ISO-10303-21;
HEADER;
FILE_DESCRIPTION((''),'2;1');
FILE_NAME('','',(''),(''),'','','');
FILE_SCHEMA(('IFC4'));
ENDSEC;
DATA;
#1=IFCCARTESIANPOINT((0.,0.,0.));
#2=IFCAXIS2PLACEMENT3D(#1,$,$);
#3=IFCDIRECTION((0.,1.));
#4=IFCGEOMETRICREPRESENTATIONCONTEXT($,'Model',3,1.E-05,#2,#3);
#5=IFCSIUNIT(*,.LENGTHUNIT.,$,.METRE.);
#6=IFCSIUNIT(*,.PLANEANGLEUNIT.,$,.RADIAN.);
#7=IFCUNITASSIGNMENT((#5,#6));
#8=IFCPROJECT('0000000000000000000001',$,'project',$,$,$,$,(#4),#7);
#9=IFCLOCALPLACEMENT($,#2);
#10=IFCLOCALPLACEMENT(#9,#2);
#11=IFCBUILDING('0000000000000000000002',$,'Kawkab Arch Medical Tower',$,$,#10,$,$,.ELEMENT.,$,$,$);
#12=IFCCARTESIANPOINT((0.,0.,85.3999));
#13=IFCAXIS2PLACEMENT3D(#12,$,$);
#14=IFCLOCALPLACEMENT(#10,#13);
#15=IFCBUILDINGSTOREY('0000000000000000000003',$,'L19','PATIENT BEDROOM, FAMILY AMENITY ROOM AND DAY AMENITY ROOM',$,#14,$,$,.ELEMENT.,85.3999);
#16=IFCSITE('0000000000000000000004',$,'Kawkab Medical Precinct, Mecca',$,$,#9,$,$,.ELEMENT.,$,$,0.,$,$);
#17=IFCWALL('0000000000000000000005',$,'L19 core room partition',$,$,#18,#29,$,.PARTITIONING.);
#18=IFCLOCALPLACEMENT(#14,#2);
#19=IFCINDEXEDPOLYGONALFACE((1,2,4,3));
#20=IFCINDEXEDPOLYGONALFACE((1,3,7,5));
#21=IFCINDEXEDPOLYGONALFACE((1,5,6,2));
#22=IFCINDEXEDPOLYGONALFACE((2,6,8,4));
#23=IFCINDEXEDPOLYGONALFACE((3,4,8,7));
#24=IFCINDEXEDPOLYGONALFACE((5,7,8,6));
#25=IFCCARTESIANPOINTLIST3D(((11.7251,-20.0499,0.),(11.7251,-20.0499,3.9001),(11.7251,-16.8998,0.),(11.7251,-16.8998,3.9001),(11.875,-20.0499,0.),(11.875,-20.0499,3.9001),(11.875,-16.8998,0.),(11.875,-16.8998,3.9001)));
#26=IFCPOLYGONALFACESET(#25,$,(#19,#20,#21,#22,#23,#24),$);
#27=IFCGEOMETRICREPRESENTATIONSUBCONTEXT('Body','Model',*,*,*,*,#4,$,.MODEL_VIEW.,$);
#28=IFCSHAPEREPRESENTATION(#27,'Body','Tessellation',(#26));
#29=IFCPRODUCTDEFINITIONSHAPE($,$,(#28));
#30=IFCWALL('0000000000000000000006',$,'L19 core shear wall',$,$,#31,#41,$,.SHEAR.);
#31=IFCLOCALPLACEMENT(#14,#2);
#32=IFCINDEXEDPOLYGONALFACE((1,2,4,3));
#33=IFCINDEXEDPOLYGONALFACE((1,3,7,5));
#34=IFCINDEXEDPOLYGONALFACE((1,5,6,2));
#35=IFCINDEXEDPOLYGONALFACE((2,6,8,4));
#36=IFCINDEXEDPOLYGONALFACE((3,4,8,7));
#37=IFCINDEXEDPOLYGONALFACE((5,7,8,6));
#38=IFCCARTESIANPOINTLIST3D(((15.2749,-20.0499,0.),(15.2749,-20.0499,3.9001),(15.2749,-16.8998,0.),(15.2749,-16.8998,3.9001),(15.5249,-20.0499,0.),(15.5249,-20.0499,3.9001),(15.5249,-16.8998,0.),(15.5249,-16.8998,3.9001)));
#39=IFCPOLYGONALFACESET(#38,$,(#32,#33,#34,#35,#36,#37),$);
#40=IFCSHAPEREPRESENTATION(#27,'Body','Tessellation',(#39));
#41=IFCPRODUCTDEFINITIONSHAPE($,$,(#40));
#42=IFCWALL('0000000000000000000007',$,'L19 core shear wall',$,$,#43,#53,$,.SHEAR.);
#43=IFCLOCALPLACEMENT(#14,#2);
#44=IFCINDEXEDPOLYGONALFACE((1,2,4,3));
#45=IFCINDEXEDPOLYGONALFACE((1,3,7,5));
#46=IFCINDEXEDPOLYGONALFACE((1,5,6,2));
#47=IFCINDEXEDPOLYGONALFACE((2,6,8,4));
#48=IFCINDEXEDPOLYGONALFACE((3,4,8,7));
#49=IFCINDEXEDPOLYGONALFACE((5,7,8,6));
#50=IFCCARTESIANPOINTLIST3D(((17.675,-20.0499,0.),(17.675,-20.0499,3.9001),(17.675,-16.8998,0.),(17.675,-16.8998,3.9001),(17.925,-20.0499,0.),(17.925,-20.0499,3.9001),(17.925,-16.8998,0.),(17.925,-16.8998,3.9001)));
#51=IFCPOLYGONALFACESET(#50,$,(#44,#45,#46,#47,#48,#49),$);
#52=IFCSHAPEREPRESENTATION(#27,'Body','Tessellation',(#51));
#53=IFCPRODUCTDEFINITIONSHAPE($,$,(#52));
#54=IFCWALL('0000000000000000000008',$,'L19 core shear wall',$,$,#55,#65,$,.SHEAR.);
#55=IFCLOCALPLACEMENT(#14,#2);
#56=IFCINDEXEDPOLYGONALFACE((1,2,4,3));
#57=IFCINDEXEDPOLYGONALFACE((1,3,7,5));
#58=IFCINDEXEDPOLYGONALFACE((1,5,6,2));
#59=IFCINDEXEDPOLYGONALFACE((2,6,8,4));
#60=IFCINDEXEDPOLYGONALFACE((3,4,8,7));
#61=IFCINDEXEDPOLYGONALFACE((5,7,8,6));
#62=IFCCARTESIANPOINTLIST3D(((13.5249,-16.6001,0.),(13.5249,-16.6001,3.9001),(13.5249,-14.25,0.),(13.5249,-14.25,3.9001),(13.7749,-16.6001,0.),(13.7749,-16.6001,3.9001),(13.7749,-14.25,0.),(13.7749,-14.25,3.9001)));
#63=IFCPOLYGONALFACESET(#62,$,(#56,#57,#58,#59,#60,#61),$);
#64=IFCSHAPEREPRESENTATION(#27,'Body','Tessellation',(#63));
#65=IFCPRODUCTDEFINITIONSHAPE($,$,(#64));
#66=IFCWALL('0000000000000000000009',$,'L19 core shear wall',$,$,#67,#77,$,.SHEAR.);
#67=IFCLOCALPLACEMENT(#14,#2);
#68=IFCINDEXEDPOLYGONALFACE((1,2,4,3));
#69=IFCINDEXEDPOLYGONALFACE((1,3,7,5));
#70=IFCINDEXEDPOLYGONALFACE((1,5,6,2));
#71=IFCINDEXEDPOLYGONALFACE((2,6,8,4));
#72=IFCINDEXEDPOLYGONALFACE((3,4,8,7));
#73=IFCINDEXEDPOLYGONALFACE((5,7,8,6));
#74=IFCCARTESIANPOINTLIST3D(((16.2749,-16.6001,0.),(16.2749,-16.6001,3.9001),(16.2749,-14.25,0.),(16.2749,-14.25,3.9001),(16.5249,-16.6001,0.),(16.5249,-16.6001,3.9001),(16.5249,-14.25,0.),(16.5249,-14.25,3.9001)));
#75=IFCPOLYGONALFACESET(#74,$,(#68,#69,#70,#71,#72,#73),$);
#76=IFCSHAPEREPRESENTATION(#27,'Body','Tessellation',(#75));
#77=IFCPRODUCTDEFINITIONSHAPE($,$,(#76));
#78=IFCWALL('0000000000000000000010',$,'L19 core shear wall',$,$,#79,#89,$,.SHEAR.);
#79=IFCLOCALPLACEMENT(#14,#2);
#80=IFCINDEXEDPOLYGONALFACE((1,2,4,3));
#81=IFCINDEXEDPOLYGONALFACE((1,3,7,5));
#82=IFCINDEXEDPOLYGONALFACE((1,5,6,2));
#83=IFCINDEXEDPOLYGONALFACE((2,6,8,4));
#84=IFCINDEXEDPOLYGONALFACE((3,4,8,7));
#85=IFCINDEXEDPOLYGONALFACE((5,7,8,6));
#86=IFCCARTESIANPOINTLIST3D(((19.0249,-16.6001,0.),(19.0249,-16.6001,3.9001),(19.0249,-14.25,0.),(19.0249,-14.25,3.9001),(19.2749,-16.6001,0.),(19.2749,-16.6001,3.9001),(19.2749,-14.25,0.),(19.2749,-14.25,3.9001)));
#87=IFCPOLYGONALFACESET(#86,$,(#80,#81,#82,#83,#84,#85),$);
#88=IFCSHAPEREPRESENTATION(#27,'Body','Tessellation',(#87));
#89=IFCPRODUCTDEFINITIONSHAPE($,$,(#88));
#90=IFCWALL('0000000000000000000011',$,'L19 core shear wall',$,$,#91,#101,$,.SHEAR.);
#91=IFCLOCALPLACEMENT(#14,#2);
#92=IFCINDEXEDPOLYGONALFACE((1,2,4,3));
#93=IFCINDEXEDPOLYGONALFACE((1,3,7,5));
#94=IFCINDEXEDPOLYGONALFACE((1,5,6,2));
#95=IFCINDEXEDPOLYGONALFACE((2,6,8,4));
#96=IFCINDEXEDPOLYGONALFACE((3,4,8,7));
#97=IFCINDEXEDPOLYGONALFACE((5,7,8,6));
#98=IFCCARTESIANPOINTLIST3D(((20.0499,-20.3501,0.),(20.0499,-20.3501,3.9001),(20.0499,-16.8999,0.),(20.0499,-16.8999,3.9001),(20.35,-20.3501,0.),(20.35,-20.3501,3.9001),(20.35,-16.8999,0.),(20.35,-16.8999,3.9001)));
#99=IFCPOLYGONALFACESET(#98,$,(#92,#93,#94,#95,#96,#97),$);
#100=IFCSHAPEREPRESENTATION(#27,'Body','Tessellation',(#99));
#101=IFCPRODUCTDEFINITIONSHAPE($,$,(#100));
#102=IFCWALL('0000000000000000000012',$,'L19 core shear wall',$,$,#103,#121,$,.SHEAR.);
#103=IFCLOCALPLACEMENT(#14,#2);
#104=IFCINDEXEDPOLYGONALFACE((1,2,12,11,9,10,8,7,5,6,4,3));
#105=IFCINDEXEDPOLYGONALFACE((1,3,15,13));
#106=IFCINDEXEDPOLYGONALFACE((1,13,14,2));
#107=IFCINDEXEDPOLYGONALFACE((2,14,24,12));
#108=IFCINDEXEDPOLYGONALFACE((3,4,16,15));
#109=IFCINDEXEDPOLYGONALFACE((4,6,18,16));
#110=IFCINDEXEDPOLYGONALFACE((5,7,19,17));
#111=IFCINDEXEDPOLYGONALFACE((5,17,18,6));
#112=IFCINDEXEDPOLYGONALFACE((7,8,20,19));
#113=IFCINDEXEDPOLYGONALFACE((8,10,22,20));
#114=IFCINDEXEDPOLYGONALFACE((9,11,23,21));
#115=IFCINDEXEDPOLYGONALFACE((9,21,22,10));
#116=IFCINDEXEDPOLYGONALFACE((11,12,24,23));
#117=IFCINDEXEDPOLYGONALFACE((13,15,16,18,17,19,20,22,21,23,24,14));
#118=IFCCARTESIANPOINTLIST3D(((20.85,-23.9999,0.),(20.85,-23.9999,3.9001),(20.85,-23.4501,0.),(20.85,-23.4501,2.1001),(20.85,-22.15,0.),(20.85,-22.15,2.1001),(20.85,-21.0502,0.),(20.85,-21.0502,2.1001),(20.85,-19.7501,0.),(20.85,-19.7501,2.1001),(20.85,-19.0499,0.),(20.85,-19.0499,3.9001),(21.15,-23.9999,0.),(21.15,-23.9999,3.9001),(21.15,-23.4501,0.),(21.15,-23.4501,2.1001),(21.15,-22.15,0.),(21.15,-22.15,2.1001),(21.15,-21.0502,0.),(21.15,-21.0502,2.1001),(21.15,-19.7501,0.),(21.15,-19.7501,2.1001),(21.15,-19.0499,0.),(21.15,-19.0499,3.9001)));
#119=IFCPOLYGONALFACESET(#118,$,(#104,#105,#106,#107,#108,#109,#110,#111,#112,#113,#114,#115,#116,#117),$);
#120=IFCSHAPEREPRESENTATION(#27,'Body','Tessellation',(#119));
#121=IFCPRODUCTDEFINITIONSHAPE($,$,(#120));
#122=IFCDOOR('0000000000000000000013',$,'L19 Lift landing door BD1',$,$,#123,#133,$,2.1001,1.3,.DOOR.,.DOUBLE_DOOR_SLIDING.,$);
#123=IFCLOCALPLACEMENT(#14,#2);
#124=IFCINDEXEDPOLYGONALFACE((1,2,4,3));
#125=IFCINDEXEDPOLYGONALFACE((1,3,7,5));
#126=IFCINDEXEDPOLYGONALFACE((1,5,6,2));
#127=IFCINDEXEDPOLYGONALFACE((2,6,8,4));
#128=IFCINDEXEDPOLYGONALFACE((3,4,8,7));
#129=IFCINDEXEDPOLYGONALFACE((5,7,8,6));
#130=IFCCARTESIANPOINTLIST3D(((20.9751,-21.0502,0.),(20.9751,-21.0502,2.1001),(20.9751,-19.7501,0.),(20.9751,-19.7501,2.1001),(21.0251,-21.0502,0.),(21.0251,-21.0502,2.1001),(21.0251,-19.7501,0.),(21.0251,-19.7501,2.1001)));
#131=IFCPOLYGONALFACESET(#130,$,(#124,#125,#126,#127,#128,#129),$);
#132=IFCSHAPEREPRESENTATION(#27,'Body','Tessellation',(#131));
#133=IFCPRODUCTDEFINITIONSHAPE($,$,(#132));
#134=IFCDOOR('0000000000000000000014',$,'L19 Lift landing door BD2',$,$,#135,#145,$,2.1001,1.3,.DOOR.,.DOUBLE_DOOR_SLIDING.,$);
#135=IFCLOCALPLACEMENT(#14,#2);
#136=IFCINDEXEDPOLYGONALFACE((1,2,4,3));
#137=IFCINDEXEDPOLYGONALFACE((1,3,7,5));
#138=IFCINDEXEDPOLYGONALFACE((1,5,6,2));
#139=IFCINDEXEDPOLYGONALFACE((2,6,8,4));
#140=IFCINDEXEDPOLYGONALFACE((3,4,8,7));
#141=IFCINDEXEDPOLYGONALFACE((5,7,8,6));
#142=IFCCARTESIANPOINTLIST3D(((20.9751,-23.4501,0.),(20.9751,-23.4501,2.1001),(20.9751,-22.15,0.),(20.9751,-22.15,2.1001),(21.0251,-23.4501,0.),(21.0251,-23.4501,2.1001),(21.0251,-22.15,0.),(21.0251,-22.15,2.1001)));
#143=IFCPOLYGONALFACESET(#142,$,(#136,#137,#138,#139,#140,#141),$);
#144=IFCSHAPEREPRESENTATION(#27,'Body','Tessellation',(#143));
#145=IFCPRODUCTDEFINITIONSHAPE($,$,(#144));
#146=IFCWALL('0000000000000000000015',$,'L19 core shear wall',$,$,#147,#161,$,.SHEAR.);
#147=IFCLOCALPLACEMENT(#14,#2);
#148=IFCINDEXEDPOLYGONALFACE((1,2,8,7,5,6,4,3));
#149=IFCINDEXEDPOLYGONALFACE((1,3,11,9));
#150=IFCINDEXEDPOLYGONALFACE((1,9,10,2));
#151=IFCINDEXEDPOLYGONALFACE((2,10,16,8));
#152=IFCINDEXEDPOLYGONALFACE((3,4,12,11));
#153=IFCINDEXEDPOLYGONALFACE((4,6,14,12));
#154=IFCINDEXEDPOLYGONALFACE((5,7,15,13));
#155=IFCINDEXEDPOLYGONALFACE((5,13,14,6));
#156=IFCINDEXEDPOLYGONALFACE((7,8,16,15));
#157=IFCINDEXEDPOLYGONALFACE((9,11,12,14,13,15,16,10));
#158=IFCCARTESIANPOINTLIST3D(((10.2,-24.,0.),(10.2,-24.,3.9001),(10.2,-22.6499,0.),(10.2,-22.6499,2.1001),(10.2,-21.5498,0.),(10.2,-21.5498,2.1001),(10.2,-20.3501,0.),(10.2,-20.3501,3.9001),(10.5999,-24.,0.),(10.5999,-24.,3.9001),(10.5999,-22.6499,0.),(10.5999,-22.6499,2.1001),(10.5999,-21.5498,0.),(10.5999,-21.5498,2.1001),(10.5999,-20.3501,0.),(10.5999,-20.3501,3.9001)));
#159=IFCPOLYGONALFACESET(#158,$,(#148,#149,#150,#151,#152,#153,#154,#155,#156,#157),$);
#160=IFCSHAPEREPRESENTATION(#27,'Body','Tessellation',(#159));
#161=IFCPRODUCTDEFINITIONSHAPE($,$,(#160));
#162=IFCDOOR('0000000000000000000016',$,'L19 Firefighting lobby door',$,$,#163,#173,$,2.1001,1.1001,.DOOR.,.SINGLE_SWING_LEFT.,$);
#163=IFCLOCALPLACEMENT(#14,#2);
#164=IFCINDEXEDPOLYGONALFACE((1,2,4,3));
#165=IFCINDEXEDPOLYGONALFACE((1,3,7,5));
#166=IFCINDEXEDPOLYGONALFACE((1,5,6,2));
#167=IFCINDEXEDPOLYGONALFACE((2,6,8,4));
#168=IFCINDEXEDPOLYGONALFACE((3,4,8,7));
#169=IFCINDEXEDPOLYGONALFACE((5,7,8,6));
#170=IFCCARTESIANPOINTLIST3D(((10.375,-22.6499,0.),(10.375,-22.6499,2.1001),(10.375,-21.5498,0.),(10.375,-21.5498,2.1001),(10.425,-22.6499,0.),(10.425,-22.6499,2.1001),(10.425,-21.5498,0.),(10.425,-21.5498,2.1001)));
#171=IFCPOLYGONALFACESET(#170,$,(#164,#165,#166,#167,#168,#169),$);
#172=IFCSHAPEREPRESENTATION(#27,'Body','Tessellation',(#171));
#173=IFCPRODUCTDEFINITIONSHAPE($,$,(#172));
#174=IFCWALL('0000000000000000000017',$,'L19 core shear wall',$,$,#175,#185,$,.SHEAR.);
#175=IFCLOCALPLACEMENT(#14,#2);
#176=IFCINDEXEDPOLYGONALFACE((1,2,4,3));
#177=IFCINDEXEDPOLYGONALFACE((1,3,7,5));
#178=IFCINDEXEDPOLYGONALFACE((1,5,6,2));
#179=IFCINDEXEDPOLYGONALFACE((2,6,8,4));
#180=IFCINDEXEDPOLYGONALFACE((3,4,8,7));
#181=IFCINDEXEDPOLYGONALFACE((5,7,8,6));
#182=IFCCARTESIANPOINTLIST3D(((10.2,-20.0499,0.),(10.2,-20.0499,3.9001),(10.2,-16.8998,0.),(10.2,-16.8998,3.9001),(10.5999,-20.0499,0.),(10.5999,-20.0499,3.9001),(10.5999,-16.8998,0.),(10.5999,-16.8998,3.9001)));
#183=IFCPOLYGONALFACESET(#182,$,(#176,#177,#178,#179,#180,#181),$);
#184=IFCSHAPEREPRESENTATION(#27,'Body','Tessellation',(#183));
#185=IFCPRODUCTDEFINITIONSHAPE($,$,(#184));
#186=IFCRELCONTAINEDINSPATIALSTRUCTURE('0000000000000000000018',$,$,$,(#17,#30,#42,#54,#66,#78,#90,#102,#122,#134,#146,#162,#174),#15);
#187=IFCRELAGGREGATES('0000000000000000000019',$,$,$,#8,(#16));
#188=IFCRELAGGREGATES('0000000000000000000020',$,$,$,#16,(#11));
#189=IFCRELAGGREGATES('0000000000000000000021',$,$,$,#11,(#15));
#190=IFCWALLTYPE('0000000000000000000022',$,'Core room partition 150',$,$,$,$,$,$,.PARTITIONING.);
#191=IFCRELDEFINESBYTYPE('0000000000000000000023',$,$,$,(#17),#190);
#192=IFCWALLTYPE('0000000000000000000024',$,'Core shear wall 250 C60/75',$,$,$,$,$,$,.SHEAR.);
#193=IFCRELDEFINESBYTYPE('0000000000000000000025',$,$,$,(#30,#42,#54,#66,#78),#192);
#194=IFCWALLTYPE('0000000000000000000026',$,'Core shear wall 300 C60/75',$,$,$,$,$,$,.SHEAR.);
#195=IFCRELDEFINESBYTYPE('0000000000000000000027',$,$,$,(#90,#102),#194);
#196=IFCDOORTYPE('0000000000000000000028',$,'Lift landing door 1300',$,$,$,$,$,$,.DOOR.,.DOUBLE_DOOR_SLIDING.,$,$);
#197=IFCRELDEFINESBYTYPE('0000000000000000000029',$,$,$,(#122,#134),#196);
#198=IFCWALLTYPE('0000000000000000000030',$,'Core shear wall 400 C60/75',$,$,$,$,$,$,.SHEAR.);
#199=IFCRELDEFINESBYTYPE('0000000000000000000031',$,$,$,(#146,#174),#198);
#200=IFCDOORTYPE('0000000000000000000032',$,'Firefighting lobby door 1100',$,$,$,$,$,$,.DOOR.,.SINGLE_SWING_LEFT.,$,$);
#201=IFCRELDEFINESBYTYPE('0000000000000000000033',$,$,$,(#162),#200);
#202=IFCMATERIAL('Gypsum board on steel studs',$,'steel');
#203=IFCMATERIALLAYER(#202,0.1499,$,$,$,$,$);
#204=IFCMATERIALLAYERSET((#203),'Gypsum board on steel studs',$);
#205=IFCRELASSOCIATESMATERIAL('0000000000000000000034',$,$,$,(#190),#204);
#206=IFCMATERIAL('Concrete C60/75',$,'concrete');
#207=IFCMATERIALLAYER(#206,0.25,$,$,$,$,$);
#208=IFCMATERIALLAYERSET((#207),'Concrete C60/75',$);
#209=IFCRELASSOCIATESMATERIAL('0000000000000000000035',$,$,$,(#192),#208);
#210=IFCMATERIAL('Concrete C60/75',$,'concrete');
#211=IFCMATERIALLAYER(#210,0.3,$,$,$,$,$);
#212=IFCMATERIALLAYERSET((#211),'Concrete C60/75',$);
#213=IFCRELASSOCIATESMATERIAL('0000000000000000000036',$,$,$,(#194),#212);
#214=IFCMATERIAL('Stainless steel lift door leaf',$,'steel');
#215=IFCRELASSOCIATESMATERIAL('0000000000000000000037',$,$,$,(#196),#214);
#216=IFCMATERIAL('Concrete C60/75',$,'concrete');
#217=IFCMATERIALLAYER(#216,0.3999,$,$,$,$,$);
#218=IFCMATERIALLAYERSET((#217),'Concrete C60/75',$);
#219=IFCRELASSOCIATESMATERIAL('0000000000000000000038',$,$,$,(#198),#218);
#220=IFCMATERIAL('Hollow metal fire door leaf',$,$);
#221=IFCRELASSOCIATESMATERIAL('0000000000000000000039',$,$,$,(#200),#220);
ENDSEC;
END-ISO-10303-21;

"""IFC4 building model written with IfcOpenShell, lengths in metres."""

from ifc_helpers import new_model, si_unit, direction, frame, frame_2d, origin, place, context, subcontext, project, spatial, rectangle, extrude, material, layer, layer_set, type_object, element, fill, save


model = new_model("IFC4")

# Units and contexts
model_context = context("Model", 3, precision=1e-05, world=origin(), true_north=direction((0.0, 1.0)))
body_context = subcontext(model_context, "Body", "Model", "MODEL_VIEW")
ifc_project = project(units=[si_unit("LENGTHUNIT", "METRE"), si_unit("PLANEANGLEUNIT", "RADIAN")], contexts=[model_context])

# Site, building, storey
site_placement = place(None, origin())
site = spatial("IfcSite", under=ifc_project, at=site_placement, Name="Kawkab Medical Precinct, Mecca", CompositionType="ELEMENT", RefElevation=0.0)
building_placement = place(site_placement, origin())
building = spatial("IfcBuilding", under=site, at=building_placement, Name="Kawkab Arch Medical Tower", CompositionType="ELEMENT")
storey_placement = place(building_placement, frame((0.0, 0.0, 85.3999)))
storey = spatial("IfcBuildingStorey", under=building, at=storey_placement, Name="L19", Description="PATIENT BEDROOM, FAMILY AMENITY ROOM AND DAY AMENITY ROOM", CompositionType="ELEMENT", Elevation=85.3999)

# Walls
ifc_material_1 = material(Name="Gypsum board on steel studs", Category="steel")
ifc_layer_1 = layer(ifc_material_1, 0.1499)
ifc_layer_set_1 = layer_set([ifc_layer_1], Name="Gypsum board on steel studs")
wall_type_1 = type_object("IfcWallType", Name="Core room partition 150", PredefinedType="PARTITIONING", material=ifc_layer_set_1)
wall_1_placement = place(storey_placement, frame((11.8, -20.05, 0.0), z_axis=(0.0, 0.0, 1.0), x_axis=(0.0, 1.0, 0.0)))
element("IfcWall", 1, at=wall_1_placement, inside=storey, type_object=wall_type_1, Name="L19 core room partition", PredefinedType="PARTITIONING", context=body_context, shape_type="SweptSolid", body=[
    extrude(rectangle(XDim=3.1501, YDim=0.1499, at=frame_2d((1.5752, 0.0))), origin(), (0.0, 0.0, 1.0), 3.9001),
])
ifc_material_2 = material(Name="Concrete C60/75", Category="concrete")
ifc_layer_2 = layer(ifc_material_2, 0.25)
ifc_layer_set_2 = layer_set([ifc_layer_2], Name="Concrete C60/75")
wall_type_2 = type_object("IfcWallType", Name="Core shear wall 250 C60/75", PredefinedType="SHEAR", material=ifc_layer_set_2)
for number, where, z_axis, x_axis, name in (
    (2, (15.3999, -20.05, 0.0), (0.0, 0.0, 1.0), (0.0, 1.0, 0.0), "L19 core shear wall"),
    (3, (17.8, -20.05, 0.0), (0.0, 0.0, 1.0), (0.0, 1.0, 0.0), "L19 core shear wall"),
):
    element("IfcWall", number, at=place(storey_placement, frame(where, z_axis=z_axis, x_axis=x_axis)), inside=storey, type_object=wall_type_2, Name=name, PredefinedType="SHEAR", context=body_context, shape_type="SweptSolid", body=[
        extrude(rectangle(XDim=3.1501, YDim=0.25, at=frame_2d((1.5752, 0.0))), origin(), (0.0, 0.0, 1.0), 3.9001),
    ])
for number, where, z_axis, x_axis, name in (
    (4, (13.6499, -16.6001, 0.0), (0.0, 0.0, 1.0), (0.0, 1.0, 0.0), "L19 core shear wall"),
    (5, (16.3999, -16.6001, 0.0), (0.0, 0.0, 1.0), (0.0, 1.0, 0.0), "L19 core shear wall"),
    (6, (19.1499, -16.6001, 0.0), (0.0, 0.0, 1.0), (0.0, 1.0, 0.0), "L19 core shear wall"),
):
    element("IfcWall", number, at=place(storey_placement, frame(where, z_axis=z_axis, x_axis=x_axis)), inside=storey, type_object=wall_type_2, Name=name, PredefinedType="SHEAR", context=body_context, shape_type="SweptSolid", body=[
        extrude(rectangle(XDim=2.3501, YDim=0.25, at=frame_2d((1.175, 0.0))), origin(), (0.0, 0.0, 1.0), 3.9001),
    ])
ifc_material_3 = material(Name="Concrete C60/75", Category="concrete")
ifc_layer_3 = layer(ifc_material_3, 0.3)
ifc_layer_set_3 = layer_set([ifc_layer_3], Name="Concrete C60/75")
wall_type_3 = type_object("IfcWallType", Name="Core shear wall 300 C60/75", PredefinedType="SHEAR", material=ifc_layer_set_3)
wall_2_placement = place(storey_placement, frame((20.2, -20.3501, 0.0), z_axis=(0.0, 0.0, 1.0), x_axis=(0.0, 1.0, 0.0)))
element("IfcWall", 7, at=wall_2_placement, inside=storey, type_object=wall_type_3, Name="L19 core shear wall", PredefinedType="SHEAR", context=body_context, shape_type="SweptSolid", body=[
    extrude(rectangle(XDim=3.4502, YDim=0.3, at=frame_2d((1.7251, 0.0))), origin(), (0.0, 0.0, 1.0), 3.9001),
])

# Wall, openings, doors
wall_3_placement = place(storey_placement, frame((21.0, -24.0, 0.0), z_axis=(0.0, 0.0, 1.0), x_axis=(0.0, 1.0, 0.0)))
wall_3 = element("IfcWall", 8, at=wall_3_placement, inside=storey, type_object=wall_type_3, Name="L19 core shear wall", PredefinedType="SHEAR", context=body_context, shape_type="SweptSolid", body=[
    extrude(rectangle(XDim=4.95, YDim=0.3, at=frame_2d((2.4751, 0.0))), origin(), (0.0, 0.0, 1.0), 3.9001),
])
opening_1_placement = place(wall_3_placement, frame((2.95, 0.0, 0.0)))
opening_1 = element("IfcOpeningElement", 9, at=opening_1_placement, cuts=wall_3, PredefinedType="OPENING", context=body_context, shape_type="SweptSolid", body=[
    extrude(rectangle(XDim=1.3, YDim=2.1001, at=frame_2d((0.6499, 1.05))), frame((0.0, 0.1599, 0.0), z_axis=(0.0, -1.0, 0.0), x_axis=(1.0, 0.0, 0.0)), (0.0, 0.0, 1.0), 0.3201),
])
opening_2_placement = place(wall_3_placement, frame((0.55, 0.0, 0.0)))
opening_2 = element("IfcOpeningElement", 10, at=opening_2_placement, cuts=wall_3, PredefinedType="OPENING", context=body_context, shape_type="SweptSolid", body=[
    extrude(rectangle(XDim=1.3, YDim=2.1001, at=frame_2d((0.6499, 1.05))), frame((0.0, 0.1599, 0.0), z_axis=(0.0, -1.0, 0.0), x_axis=(1.0, 0.0, 0.0)), (0.0, 0.0, 1.0), 0.3201),
])
ifc_material_4 = material(Name="Stainless steel lift door leaf", Category="steel")
door_type_1 = type_object("IfcDoorType", Name="Lift landing door 1300", OperationType="DOUBLE_DOOR_SLIDING", PredefinedType="DOOR", material=ifc_material_4)
door_1_placement = place(opening_1_placement, origin())
door_1 = element("IfcDoor", 11, at=door_1_placement, inside=storey, type_object=door_type_1, Name="L19 Lift landing door BD1", OperationType="DOUBLE_DOOR_SLIDING", OverallHeight=2.1001, OverallWidth=1.3, PredefinedType="DOOR", context=body_context, shape_type="SweptSolid", body=[
    extrude(rectangle(XDim=1.3, YDim=2.1001, at=frame_2d((0.6499, 1.05))), frame((0.0, 0.0249, 0.0), z_axis=(0.0, -1.0, 0.0), x_axis=(1.0, 0.0, 0.0)), (0.0, 0.0, 1.0), 0.05),
])
fill(opening_1, door_1)
door_2_placement = place(opening_2_placement, origin())
door_2 = element("IfcDoor", 12, at=door_2_placement, inside=storey, type_object=door_type_1, Name="L19 Lift landing door BD2", OperationType="DOUBLE_DOOR_SLIDING", OverallHeight=2.1001, OverallWidth=1.3, PredefinedType="DOOR", context=body_context, shape_type="SweptSolid", body=[
    extrude(rectangle(XDim=1.3, YDim=2.1001, at=frame_2d((0.6499, 1.05))), frame((0.0, 0.0249, 0.0), z_axis=(0.0, -1.0, 0.0), x_axis=(1.0, 0.0, 0.0)), (0.0, 0.0, 1.0), 0.05),
])
fill(opening_2, door_2)

# Wall, opening, door
ifc_material_5 = material(Name="Concrete C60/75", Category="concrete")
ifc_layer_4 = layer(ifc_material_5, 0.3999)
ifc_layer_set_4 = layer_set([ifc_layer_4], Name="Concrete C60/75")
wall_type_4 = type_object("IfcWallType", Name="Core shear wall 400 C60/75", PredefinedType="SHEAR", material=ifc_layer_set_4)
wall_4_placement = place(storey_placement, frame((10.3999, -24.0, 0.0), z_axis=(0.0, 0.0, 1.0), x_axis=(0.0, 1.0, 0.0)))
wall_4 = element("IfcWall", 13, at=wall_4_placement, inside=storey, type_object=wall_type_4, Name="L19 core shear wall", PredefinedType="SHEAR", context=body_context, shape_type="SweptSolid", body=[
    extrude(rectangle(XDim=3.6499, YDim=0.3999, at=frame_2d((1.825, 0.0))), origin(), (0.0, 0.0, 1.0), 3.9001),
])
opening_3_placement = place(wall_4_placement, frame((1.3501, 0.0, 0.0)))
opening_3 = element("IfcOpeningElement", 14, at=opening_3_placement, cuts=wall_4, PredefinedType="OPENING", context=body_context, shape_type="SweptSolid", body=[
    extrude(rectangle(XDim=1.1001, YDim=2.1001, at=frame_2d((0.55, 1.05))), frame((0.0, 0.21, 0.0), z_axis=(0.0, -1.0, 0.0), x_axis=(1.0, 0.0, 0.0)), (0.0, 0.0, 1.0), 0.4199),
])
ifc_material_6 = material(Name="Hollow metal fire door leaf")
door_type_2 = type_object("IfcDoorType", Name="Firefighting lobby door 1100", OperationType="SINGLE_SWING_LEFT", PredefinedType="DOOR", material=ifc_material_6)
door_3_placement = place(opening_3_placement, origin())
door_3 = element("IfcDoor", 15, at=door_3_placement, inside=storey, type_object=door_type_2, Name="L19 Firefighting lobby door", OperationType="SINGLE_SWING_LEFT", OverallHeight=2.1001, OverallWidth=1.1001, PredefinedType="DOOR", context=body_context, shape_type="SweptSolid", body=[
    extrude(rectangle(XDim=1.1001, YDim=2.1001, at=frame_2d((0.55, 1.05))), frame((0.0, 0.0249, 0.0), z_axis=(0.0, -1.0, 0.0), x_axis=(1.0, 0.0, 0.0)), (0.0, 0.0, 1.0), 0.05),
])
fill(opening_3, door_3)

# Wall
wall_5_placement = place(storey_placement, frame((10.3999, -20.05, 0.0), z_axis=(0.0, 0.0, 1.0), x_axis=(0.0, 1.0, 0.0)))
element("IfcWall", 16, at=wall_5_placement, inside=storey, type_object=wall_type_4, Name="L19 core shear wall", PredefinedType="SHEAR", context=body_context, shape_type="SweptSolid", body=[
    extrude(rectangle(XDim=3.1501, YDim=0.3999, at=frame_2d((1.5752, 0.0))), origin(), (0.0, 0.0, 1.0), 3.9001),
])

save(model, "model.ifc")
